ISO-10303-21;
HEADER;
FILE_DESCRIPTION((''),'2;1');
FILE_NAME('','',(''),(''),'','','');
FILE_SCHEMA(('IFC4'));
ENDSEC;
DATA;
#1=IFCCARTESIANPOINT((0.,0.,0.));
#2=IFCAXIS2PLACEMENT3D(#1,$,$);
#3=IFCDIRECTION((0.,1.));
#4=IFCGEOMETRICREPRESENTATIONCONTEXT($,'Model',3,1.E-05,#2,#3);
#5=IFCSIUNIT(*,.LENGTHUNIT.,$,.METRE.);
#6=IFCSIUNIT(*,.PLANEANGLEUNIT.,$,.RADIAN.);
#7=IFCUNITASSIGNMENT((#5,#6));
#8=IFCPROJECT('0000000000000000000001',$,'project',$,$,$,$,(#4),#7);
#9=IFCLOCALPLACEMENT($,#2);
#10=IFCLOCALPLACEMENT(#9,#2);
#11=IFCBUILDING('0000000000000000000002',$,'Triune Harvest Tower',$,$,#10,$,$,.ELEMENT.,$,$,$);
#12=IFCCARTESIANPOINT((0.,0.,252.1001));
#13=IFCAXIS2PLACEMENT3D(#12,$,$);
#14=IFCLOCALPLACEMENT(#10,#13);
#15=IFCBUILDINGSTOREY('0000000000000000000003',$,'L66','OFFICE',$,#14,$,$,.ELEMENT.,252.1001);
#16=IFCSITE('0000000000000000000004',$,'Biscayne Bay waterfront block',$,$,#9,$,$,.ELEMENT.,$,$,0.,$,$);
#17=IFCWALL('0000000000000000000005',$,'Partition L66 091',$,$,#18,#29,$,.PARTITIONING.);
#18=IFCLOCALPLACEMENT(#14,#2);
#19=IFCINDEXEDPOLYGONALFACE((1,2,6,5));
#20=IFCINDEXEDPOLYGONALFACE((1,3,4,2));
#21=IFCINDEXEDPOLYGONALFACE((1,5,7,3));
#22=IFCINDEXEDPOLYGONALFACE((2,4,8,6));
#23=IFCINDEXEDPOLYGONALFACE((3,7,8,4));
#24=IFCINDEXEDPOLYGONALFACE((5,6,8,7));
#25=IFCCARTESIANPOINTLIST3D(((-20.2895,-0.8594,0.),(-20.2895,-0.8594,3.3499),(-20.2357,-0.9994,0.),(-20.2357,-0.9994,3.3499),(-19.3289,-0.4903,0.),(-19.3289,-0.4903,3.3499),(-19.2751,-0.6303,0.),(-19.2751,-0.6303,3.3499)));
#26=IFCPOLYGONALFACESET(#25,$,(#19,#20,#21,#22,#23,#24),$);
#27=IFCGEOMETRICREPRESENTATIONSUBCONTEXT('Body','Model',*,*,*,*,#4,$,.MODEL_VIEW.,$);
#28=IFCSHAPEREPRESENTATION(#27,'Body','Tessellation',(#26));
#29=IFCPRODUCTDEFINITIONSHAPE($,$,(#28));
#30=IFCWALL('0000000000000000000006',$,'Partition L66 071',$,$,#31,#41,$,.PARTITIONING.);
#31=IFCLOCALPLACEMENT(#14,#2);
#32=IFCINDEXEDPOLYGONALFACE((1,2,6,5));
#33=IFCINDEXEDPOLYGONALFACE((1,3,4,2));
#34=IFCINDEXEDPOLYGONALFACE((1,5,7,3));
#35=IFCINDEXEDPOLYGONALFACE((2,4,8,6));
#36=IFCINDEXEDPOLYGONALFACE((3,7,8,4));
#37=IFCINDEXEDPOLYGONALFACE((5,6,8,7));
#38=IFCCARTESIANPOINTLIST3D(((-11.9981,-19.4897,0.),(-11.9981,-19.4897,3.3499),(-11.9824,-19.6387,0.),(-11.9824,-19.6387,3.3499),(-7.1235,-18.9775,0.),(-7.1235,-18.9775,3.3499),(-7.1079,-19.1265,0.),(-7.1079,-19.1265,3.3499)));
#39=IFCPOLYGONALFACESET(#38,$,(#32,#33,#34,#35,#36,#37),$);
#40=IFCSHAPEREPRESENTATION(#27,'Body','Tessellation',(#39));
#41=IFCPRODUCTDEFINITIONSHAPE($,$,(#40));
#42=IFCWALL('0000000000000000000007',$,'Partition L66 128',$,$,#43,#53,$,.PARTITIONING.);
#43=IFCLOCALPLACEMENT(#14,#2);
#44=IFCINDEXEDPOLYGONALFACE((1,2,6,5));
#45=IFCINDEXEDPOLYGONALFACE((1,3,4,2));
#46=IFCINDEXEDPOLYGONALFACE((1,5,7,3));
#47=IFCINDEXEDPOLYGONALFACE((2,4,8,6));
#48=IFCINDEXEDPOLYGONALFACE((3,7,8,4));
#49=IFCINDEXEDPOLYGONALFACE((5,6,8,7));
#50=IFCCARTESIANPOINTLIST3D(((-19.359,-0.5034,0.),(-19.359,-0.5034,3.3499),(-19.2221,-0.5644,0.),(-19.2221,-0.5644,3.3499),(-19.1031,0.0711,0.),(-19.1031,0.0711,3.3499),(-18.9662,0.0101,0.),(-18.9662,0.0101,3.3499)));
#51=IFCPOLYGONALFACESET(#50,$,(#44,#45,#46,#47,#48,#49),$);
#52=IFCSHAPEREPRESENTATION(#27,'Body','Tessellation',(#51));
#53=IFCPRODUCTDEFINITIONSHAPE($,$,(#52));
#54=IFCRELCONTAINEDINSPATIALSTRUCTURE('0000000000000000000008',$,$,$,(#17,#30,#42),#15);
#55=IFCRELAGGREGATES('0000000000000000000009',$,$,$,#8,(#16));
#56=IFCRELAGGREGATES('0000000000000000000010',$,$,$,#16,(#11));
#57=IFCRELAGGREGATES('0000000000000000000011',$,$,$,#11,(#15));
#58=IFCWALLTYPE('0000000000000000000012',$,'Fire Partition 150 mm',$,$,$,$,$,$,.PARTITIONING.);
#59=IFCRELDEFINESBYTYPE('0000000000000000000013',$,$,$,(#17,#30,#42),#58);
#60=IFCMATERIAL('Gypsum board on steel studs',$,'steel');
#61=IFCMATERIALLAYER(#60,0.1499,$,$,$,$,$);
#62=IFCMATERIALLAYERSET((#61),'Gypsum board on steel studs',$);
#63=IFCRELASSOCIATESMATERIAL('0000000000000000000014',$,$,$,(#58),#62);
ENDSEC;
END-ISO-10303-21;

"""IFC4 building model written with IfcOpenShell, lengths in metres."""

from ifc_helpers import new_model, si_unit, direction, frame, frame_2d, origin, place, context, subcontext, project, spatial, rectangle, extrude, source, transform, mapped, material, layer, layer_set, type_object, element, save


model = new_model("IFC4")

# Units and contexts
model_context = context("Model", 3, precision=1e-05, world=origin(), true_north=direction((0.0, 1.0)))
body_context = subcontext(model_context, "Body", "Model", "MODEL_VIEW")
ifc_project = project(units=[si_unit("LENGTHUNIT", "METRE"), si_unit("PLANEANGLEUNIT", "RADIAN")], contexts=[model_context])

# Site, building, storey
site_placement = place(None, origin())
site = spatial("IfcSite", under=ifc_project, at=site_placement, Name="Biscayne Bay waterfront block", CompositionType="ELEMENT", RefElevation=0.0)
building_placement = place(site_placement, origin())
building = spatial("IfcBuilding", under=site, at=building_placement, Name="Triune Harvest Tower", CompositionType="ELEMENT")
storey_placement = place(building_placement, frame((0.0, 0.0, 252.1001)))
storey = spatial("IfcBuildingStorey", under=building, at=storey_placement, Name="L66", Description="OFFICE", CompositionType="ELEMENT", Elevation=252.1001)

# Shared definitions
ifc_material_1 = material(Name="Gypsum board on steel studs", Category="steel")
ifc_layer_1 = layer(ifc_material_1, 0.1499)
ifc_layer_set_1 = layer_set([ifc_layer_1], Name="Gypsum board on steel studs")
wall_type_1 = type_object("IfcWallType", Name="Fire Partition 150 mm", PredefinedType="PARTITIONING", material=ifc_layer_set_1)

# Walls
shared_shape_1 = source(origin(), body_context, "Body", "SweptSolid", [
    extrude(rectangle(XDim=1.0291, YDim=0.1499, at=frame_2d((0.5146, 0.0))), origin(), (0.0, 0.0, 1.0), 3.3499),
])
wall_1_placement = place(storey_placement, frame((-20.2627, -0.9294, 0.0), z_axis=(0.0, 0.0, 1.0), x_axis=(0.933462, 0.358677, 0.0)))
element("IfcWall", 1, at=wall_1_placement, inside=storey, type_object=wall_type_1, Name="Partition L66 091", PredefinedType="PARTITIONING", context=body_context, shape_type="MappedRepresentation", body=[
    mapped(shared_shape_1, transform((0.0, 0.0, 0.0), scale=1.0)),
])
shared_shape_2 = source(origin(), body_context, "Body", "SweptSolid", [
    extrude(rectangle(XDim=4.9014, YDim=0.1499, at=frame_2d((2.4507, 0.0))), origin(), (0.0, 0.0, 1.0), 3.3499),
])
wall_2_placement = place(storey_placement, frame((-11.9902, -19.5642, 0.0), z_axis=(0.0, 0.0, 1.0), x_axis=(0.994525, 0.104503, 0.0)))
element("IfcWall", 2, at=wall_2_placement, inside=storey, type_object=wall_type_1, Name="Partition L66 071", PredefinedType="PARTITIONING", context=body_context, shape_type="MappedRepresentation", body=[
    mapped(shared_shape_2, transform((0.0, 0.0, 0.0), scale=1.0)),
])
shared_shape_3 = source(origin(), body_context, "Body", "SweptSolid", [
    extrude(rectangle(XDim=0.6289, YDim=0.1499, at=frame_2d((0.3145, 0.0))), origin(), (0.0, 0.0, 1.0), 3.3499),
])
wall_3_placement = place(storey_placement, frame((-19.2905, -0.5339, 0.0), z_axis=(0.0, 0.0, 1.0), x_axis=(0.406859, 0.913491, 0.0)))
element("IfcWall", 3, at=wall_3_placement, inside=storey, type_object=wall_type_1, Name="Partition L66 128", PredefinedType="PARTITIONING", context=body_context, shape_type="MappedRepresentation", body=[
    mapped(shared_shape_3, transform((0.0, 0.0, 0.0), scale=1.0)),
])

save(model, "model.ifc")
